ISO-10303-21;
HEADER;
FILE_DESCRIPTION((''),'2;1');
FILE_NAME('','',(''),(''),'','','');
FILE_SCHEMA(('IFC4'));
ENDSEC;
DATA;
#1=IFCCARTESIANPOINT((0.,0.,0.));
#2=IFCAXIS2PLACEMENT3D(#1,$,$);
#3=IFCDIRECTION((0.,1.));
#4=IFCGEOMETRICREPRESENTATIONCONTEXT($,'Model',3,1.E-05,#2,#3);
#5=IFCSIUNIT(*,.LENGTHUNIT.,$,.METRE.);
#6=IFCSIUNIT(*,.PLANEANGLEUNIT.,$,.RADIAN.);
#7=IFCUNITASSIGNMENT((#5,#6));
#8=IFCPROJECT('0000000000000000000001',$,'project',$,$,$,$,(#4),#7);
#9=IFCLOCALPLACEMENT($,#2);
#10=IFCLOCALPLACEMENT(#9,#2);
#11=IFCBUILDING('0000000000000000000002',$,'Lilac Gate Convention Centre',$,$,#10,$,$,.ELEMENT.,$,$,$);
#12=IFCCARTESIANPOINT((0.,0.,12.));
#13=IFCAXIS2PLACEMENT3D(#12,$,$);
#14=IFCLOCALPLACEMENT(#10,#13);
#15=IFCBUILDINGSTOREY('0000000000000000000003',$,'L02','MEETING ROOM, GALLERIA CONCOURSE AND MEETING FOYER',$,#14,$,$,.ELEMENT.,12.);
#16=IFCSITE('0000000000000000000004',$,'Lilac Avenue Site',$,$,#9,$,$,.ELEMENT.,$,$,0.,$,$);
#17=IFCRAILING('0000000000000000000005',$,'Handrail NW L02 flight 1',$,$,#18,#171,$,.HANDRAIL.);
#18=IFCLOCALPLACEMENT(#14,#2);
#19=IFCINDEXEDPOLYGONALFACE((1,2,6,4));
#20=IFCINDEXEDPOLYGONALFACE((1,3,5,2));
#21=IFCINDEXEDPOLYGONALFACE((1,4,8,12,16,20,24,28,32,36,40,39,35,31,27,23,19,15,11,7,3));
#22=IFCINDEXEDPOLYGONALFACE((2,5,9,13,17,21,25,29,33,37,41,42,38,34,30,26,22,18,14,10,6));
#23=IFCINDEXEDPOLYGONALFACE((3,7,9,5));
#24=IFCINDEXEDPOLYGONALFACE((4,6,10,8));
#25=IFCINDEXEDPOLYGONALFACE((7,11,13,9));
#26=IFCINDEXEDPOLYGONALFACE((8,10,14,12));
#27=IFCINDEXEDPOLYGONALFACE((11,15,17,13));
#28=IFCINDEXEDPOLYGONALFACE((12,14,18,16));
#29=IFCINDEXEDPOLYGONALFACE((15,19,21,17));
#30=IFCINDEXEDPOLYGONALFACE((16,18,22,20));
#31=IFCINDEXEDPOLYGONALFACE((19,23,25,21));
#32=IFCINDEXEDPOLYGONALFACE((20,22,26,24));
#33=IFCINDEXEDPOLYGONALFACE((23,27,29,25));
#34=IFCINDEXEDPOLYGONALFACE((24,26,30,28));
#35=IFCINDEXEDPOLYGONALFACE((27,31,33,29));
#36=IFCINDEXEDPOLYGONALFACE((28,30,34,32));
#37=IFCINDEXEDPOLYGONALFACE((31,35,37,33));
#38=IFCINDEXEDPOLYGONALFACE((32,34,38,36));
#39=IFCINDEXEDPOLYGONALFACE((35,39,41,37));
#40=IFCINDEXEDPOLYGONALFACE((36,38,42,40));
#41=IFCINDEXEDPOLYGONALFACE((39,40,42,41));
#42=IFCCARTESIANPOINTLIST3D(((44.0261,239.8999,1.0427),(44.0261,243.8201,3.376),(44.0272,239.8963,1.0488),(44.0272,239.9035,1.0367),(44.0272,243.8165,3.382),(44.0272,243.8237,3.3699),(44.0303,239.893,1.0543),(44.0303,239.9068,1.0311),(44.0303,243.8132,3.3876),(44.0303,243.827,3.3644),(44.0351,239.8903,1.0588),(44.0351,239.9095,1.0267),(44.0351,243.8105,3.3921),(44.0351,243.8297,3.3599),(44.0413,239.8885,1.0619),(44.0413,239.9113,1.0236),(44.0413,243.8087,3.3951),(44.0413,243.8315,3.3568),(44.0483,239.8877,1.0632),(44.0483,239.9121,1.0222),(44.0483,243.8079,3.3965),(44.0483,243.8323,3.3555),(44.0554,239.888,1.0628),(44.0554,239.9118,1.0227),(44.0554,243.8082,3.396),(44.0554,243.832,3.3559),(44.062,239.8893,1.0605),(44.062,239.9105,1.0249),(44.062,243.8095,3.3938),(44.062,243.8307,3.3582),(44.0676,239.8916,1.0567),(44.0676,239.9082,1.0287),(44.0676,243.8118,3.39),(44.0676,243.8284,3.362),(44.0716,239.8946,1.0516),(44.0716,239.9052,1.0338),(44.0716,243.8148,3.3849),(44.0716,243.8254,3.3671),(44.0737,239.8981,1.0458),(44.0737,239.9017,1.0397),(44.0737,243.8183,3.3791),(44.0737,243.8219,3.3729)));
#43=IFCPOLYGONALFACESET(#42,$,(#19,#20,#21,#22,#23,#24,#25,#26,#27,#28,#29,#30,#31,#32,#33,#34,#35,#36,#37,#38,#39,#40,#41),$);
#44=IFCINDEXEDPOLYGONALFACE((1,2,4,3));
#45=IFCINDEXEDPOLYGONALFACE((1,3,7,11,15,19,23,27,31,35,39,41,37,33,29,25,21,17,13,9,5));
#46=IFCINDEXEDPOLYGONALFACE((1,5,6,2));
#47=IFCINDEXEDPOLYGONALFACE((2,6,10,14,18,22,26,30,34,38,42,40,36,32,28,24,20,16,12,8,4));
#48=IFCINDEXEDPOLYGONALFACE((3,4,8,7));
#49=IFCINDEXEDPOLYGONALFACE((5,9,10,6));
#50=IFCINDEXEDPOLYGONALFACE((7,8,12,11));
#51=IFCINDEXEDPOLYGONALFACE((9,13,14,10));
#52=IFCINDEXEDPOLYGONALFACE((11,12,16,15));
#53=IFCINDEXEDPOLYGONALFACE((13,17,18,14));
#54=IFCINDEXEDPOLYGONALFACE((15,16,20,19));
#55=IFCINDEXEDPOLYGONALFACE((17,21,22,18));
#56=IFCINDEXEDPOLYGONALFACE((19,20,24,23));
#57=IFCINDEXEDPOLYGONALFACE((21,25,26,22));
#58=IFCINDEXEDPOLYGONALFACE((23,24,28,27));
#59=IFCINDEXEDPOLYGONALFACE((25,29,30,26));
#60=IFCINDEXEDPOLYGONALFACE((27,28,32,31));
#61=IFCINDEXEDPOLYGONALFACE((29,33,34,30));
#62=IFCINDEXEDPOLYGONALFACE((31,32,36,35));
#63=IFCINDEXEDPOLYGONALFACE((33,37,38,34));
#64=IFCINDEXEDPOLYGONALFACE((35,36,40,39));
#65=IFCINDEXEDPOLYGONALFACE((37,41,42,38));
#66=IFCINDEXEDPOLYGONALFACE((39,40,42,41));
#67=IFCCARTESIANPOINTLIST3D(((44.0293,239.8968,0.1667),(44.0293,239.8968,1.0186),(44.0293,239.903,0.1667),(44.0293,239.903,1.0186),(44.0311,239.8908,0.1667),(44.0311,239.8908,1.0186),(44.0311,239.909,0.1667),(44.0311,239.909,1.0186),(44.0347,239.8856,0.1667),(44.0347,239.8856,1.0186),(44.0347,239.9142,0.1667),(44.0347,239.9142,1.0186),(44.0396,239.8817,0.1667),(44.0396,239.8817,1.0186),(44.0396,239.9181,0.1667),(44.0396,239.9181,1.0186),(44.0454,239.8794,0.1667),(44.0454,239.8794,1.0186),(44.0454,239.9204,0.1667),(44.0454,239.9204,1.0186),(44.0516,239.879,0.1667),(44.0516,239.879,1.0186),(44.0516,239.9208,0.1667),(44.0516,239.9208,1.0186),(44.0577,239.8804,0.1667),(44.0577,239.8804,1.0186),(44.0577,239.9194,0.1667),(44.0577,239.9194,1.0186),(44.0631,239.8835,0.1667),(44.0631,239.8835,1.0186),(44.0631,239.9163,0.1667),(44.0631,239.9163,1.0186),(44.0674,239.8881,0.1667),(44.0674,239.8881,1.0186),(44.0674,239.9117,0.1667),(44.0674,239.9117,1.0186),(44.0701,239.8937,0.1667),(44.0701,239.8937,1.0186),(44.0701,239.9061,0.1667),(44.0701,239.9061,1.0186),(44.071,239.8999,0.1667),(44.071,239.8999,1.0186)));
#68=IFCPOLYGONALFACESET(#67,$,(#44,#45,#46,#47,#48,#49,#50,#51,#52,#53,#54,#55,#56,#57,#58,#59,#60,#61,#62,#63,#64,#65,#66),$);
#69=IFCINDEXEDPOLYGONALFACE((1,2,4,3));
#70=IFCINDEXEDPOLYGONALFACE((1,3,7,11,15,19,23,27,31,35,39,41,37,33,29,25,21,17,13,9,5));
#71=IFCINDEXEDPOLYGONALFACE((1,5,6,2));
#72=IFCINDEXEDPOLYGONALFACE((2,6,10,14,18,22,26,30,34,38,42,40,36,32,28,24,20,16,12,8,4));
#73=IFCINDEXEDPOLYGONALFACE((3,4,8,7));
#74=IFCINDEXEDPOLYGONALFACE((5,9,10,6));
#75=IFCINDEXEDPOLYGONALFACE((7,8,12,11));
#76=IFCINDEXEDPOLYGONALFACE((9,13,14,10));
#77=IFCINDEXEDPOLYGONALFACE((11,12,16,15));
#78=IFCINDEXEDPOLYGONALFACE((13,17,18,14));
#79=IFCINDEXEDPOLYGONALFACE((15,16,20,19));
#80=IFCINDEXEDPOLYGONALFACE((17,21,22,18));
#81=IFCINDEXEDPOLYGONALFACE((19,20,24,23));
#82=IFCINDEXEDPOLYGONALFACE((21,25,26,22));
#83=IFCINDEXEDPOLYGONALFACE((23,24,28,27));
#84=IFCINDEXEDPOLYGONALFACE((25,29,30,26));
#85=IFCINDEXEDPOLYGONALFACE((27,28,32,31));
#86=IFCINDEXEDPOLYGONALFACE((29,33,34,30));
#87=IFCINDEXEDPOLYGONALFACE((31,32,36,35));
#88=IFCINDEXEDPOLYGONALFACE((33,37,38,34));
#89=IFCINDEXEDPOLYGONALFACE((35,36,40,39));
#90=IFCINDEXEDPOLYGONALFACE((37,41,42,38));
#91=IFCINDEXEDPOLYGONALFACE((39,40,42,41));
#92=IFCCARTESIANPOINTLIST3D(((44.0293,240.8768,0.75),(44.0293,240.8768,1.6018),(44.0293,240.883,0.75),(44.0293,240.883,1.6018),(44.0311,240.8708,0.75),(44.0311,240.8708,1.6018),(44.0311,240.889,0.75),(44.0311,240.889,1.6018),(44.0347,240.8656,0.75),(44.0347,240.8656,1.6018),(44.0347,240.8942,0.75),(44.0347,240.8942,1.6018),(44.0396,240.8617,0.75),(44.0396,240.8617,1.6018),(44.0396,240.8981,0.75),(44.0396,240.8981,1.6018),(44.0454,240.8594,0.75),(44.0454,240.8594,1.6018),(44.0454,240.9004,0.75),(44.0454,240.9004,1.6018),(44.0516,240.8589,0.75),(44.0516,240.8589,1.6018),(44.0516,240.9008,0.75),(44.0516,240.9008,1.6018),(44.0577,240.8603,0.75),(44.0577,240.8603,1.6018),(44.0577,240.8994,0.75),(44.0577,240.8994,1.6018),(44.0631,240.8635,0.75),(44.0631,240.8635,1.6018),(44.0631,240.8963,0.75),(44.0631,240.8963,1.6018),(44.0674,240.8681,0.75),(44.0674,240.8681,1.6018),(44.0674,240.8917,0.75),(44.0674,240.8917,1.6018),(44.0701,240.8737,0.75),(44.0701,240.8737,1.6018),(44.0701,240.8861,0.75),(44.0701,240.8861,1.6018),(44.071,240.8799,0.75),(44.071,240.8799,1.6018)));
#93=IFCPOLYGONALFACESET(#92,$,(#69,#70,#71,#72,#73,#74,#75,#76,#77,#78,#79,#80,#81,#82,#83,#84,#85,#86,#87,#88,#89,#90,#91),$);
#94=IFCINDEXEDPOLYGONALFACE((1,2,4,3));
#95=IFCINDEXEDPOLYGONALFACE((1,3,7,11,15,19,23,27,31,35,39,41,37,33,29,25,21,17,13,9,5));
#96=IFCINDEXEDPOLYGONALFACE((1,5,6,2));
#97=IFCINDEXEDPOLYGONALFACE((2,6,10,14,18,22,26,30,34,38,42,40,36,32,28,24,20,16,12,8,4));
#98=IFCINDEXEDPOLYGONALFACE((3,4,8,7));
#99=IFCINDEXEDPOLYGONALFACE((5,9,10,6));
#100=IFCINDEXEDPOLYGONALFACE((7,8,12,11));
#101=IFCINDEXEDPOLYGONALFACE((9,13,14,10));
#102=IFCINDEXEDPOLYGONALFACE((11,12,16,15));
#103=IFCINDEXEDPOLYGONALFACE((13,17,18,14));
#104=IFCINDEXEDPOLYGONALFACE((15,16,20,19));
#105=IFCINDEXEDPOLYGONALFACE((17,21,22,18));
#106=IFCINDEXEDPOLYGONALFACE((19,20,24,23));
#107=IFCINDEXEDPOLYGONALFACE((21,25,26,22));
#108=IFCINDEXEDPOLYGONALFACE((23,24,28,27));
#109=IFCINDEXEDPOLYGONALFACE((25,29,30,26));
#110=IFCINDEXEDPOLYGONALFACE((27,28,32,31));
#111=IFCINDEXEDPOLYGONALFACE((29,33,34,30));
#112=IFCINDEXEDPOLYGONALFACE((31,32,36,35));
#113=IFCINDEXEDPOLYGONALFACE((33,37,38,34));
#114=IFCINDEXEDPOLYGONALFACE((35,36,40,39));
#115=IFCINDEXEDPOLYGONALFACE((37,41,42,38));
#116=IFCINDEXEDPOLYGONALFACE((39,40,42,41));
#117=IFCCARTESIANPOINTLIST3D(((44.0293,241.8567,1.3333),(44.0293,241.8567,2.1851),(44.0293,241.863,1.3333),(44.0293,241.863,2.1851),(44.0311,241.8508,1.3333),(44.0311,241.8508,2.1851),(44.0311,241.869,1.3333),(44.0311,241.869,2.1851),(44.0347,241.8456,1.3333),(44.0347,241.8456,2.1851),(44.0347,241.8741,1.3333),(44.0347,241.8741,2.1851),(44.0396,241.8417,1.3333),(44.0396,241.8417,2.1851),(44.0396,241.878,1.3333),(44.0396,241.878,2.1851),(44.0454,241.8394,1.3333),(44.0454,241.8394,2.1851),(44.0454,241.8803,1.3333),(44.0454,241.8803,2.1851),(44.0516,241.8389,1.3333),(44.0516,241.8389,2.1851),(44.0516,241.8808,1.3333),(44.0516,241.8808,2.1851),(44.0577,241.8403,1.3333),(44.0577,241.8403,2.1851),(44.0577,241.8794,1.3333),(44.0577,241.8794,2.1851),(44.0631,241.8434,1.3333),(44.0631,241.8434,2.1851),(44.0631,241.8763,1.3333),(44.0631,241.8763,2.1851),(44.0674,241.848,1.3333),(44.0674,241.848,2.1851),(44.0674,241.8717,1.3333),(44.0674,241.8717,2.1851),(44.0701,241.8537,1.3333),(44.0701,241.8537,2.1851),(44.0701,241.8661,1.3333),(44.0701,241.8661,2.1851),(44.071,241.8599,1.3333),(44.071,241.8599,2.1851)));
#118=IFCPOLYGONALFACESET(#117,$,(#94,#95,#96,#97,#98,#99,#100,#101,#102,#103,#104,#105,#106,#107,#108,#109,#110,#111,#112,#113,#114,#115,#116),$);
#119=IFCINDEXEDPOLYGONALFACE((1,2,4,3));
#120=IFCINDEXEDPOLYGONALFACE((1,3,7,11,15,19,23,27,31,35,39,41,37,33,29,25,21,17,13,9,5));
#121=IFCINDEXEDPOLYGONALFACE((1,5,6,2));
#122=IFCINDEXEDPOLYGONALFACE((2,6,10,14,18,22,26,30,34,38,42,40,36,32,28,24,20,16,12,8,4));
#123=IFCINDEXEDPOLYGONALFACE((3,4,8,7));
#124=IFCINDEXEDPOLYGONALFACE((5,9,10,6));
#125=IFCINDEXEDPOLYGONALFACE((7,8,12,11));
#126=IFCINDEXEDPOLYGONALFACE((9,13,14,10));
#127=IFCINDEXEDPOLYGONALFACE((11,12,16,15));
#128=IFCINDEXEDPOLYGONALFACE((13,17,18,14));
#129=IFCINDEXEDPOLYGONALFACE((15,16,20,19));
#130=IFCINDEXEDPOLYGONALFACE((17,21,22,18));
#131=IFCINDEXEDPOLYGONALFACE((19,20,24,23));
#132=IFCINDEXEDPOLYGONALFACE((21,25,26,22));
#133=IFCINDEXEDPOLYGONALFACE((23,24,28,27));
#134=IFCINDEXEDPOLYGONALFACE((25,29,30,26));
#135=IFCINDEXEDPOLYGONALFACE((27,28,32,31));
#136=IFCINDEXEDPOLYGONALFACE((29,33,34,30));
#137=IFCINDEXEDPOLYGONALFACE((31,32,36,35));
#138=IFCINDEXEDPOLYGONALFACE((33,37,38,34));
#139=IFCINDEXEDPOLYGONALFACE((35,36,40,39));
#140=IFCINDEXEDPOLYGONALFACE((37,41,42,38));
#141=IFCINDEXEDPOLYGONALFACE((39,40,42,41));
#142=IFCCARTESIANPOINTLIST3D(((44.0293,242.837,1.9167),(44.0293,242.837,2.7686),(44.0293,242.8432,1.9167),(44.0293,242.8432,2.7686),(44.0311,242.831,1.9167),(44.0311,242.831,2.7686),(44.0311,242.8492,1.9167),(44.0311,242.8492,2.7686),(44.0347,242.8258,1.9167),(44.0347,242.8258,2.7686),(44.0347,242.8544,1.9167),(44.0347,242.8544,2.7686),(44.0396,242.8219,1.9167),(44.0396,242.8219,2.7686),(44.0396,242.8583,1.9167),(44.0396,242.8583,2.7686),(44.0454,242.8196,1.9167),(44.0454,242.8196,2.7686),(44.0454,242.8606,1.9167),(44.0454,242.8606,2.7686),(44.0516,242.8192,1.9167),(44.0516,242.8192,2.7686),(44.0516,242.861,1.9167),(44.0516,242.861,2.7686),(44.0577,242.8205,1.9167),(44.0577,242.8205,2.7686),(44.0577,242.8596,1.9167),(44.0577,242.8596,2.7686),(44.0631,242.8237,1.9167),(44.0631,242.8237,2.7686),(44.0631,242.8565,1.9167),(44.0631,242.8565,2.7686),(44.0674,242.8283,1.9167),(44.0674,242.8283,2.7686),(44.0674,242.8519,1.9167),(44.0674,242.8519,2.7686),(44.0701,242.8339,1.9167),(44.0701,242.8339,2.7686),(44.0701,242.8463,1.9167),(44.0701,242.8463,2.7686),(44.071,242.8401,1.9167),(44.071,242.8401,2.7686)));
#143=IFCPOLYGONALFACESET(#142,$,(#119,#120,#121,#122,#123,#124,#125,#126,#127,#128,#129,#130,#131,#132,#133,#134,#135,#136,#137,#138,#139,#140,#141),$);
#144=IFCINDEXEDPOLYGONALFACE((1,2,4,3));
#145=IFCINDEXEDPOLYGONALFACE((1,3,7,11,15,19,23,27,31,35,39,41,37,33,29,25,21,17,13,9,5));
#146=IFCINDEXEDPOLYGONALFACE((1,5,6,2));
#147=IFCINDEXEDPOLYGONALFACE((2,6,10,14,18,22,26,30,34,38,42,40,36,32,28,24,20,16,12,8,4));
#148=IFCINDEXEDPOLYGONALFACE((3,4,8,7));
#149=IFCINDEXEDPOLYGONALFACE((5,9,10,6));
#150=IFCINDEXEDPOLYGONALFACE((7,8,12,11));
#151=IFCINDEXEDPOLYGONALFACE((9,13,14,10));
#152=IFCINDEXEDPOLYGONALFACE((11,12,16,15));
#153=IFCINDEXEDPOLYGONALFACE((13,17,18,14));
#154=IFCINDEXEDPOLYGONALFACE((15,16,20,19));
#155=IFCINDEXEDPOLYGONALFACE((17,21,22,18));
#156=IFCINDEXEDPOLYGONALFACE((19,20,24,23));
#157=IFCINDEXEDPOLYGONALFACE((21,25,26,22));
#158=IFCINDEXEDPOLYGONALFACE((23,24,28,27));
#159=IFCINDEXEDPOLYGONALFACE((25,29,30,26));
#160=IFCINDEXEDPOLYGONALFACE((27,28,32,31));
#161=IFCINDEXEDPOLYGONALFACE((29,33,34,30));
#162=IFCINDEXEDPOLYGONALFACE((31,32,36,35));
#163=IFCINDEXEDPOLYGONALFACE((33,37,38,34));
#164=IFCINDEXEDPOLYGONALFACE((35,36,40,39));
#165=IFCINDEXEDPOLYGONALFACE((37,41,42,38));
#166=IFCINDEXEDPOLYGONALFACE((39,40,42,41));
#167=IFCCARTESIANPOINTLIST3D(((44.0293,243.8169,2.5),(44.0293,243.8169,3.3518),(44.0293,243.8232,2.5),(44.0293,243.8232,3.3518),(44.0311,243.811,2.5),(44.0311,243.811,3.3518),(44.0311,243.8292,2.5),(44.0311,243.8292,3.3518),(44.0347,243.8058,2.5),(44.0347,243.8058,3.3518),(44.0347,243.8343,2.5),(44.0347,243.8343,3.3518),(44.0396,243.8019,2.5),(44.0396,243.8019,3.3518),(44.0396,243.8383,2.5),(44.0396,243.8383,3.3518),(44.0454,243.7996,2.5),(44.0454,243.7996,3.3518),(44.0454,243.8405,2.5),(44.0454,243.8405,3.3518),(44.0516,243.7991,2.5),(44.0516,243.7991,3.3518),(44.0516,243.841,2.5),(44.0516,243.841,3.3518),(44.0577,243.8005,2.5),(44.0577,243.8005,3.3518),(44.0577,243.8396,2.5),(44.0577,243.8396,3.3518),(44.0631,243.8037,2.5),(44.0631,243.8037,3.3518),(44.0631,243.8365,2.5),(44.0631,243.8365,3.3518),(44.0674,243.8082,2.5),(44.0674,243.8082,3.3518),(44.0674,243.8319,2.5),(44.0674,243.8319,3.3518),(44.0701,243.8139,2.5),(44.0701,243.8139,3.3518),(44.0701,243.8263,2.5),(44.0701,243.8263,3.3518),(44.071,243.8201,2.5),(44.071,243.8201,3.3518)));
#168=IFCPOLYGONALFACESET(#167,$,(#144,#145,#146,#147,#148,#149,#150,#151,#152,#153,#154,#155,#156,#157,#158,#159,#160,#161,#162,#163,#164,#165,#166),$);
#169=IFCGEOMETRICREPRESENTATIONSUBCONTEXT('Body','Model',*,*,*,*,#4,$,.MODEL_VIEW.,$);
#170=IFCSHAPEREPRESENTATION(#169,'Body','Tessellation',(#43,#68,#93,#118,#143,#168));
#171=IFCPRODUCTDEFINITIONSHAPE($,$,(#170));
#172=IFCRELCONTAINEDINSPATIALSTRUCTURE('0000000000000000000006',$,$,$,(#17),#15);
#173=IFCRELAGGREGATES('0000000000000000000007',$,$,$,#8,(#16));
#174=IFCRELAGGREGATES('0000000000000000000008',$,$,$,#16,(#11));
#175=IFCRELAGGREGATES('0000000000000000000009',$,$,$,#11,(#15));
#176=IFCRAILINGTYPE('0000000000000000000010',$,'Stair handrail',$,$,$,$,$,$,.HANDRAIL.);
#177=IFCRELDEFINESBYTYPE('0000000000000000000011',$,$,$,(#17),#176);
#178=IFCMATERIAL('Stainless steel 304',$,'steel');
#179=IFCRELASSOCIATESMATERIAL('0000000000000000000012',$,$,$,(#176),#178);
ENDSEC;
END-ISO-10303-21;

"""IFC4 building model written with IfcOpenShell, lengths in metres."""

from ifc_helpers import new_model, si_unit, direction, frame, origin, origin_2d, place, context, subcontext, project, spatial, circle, extrude, material, type_object, element, save


model = new_model("IFC4")

# Units and contexts
model_context = context("Model", 3, precision=1e-05, world=origin(), true_north=direction((0.0, 1.0)))
body_context = subcontext(model_context, "Body", "Model", "MODEL_VIEW")
ifc_project = project(units=[si_unit("LENGTHUNIT", "METRE"), si_unit("PLANEANGLEUNIT", "RADIAN")], contexts=[model_context])

# Site, building, storey
site_placement = place(None, origin())
site = spatial("IfcSite", under=ifc_project, at=site_placement, Name="Lilac Avenue Site", CompositionType="ELEMENT", RefElevation=0.0)
building_placement = place(site_placement, origin())
building = spatial("IfcBuilding", under=site, at=building_placement, Name="Lilac Gate Convention Centre", CompositionType="ELEMENT")
storey_placement = place(building_placement, frame((0.0, 0.0, 12.0)))
storey = spatial("IfcBuildingStorey", under=building, at=storey_placement, Name="L02", Description="MEETING ROOM, GALLERIA CONCOURSE AND MEETING FOYER", CompositionType="ELEMENT", Elevation=12.0)

# Railing
ifc_material_1 = material(Name="Stainless steel 304", Category="steel")
railing_type = type_object("IfcRailingType", Name="Stair handrail", PredefinedType="HANDRAIL", material=ifc_material_1)
for number, where, name in (
    (1, (44.05, 239.8999, 0.1667), "Handrail NW L02 flight 1"),
):
    element("IfcRailing", number, at=place(storey_placement, frame(where)), inside=storey, type_object=railing_type, Name=name, PredefinedType="HANDRAIL", context=body_context, shape_type="SweptSolid", body=[
        extrude(circle(Radius=0.0239, at=origin_2d()), frame((0.0, 0.0, 0.876), z_axis=(0.0, 0.85931, 0.511455), x_axis=(-1.0, 0.0, 0.0)), (0.0, 0.0, 1.0), 4.562),
        extrude(circle(Radius=0.021, at=origin_2d()), origin(), (0.0, 0.0, 1.0), 0.8518),
        extrude(circle(Radius=0.021, at=origin_2d()), frame((0.0, 0.98, 0.5833)), (0.0, 0.0, 1.0), 0.8518),
        extrude(circle(Radius=0.021, at=origin_2d()), frame((0.0, 1.96, 1.1665)), (0.0, 0.0, 1.0), 0.8518),
        extrude(circle(Radius=0.021, at=origin_2d()), frame((0.0, 2.9402, 1.75)), (0.0, 0.0, 1.0), 0.8518),
        extrude(circle(Radius=0.021, at=origin_2d()), frame((0.0, 3.9202, 2.3333)), (0.0, 0.0, 1.0), 0.8518),
    ])

save(model, "model.ifc")
